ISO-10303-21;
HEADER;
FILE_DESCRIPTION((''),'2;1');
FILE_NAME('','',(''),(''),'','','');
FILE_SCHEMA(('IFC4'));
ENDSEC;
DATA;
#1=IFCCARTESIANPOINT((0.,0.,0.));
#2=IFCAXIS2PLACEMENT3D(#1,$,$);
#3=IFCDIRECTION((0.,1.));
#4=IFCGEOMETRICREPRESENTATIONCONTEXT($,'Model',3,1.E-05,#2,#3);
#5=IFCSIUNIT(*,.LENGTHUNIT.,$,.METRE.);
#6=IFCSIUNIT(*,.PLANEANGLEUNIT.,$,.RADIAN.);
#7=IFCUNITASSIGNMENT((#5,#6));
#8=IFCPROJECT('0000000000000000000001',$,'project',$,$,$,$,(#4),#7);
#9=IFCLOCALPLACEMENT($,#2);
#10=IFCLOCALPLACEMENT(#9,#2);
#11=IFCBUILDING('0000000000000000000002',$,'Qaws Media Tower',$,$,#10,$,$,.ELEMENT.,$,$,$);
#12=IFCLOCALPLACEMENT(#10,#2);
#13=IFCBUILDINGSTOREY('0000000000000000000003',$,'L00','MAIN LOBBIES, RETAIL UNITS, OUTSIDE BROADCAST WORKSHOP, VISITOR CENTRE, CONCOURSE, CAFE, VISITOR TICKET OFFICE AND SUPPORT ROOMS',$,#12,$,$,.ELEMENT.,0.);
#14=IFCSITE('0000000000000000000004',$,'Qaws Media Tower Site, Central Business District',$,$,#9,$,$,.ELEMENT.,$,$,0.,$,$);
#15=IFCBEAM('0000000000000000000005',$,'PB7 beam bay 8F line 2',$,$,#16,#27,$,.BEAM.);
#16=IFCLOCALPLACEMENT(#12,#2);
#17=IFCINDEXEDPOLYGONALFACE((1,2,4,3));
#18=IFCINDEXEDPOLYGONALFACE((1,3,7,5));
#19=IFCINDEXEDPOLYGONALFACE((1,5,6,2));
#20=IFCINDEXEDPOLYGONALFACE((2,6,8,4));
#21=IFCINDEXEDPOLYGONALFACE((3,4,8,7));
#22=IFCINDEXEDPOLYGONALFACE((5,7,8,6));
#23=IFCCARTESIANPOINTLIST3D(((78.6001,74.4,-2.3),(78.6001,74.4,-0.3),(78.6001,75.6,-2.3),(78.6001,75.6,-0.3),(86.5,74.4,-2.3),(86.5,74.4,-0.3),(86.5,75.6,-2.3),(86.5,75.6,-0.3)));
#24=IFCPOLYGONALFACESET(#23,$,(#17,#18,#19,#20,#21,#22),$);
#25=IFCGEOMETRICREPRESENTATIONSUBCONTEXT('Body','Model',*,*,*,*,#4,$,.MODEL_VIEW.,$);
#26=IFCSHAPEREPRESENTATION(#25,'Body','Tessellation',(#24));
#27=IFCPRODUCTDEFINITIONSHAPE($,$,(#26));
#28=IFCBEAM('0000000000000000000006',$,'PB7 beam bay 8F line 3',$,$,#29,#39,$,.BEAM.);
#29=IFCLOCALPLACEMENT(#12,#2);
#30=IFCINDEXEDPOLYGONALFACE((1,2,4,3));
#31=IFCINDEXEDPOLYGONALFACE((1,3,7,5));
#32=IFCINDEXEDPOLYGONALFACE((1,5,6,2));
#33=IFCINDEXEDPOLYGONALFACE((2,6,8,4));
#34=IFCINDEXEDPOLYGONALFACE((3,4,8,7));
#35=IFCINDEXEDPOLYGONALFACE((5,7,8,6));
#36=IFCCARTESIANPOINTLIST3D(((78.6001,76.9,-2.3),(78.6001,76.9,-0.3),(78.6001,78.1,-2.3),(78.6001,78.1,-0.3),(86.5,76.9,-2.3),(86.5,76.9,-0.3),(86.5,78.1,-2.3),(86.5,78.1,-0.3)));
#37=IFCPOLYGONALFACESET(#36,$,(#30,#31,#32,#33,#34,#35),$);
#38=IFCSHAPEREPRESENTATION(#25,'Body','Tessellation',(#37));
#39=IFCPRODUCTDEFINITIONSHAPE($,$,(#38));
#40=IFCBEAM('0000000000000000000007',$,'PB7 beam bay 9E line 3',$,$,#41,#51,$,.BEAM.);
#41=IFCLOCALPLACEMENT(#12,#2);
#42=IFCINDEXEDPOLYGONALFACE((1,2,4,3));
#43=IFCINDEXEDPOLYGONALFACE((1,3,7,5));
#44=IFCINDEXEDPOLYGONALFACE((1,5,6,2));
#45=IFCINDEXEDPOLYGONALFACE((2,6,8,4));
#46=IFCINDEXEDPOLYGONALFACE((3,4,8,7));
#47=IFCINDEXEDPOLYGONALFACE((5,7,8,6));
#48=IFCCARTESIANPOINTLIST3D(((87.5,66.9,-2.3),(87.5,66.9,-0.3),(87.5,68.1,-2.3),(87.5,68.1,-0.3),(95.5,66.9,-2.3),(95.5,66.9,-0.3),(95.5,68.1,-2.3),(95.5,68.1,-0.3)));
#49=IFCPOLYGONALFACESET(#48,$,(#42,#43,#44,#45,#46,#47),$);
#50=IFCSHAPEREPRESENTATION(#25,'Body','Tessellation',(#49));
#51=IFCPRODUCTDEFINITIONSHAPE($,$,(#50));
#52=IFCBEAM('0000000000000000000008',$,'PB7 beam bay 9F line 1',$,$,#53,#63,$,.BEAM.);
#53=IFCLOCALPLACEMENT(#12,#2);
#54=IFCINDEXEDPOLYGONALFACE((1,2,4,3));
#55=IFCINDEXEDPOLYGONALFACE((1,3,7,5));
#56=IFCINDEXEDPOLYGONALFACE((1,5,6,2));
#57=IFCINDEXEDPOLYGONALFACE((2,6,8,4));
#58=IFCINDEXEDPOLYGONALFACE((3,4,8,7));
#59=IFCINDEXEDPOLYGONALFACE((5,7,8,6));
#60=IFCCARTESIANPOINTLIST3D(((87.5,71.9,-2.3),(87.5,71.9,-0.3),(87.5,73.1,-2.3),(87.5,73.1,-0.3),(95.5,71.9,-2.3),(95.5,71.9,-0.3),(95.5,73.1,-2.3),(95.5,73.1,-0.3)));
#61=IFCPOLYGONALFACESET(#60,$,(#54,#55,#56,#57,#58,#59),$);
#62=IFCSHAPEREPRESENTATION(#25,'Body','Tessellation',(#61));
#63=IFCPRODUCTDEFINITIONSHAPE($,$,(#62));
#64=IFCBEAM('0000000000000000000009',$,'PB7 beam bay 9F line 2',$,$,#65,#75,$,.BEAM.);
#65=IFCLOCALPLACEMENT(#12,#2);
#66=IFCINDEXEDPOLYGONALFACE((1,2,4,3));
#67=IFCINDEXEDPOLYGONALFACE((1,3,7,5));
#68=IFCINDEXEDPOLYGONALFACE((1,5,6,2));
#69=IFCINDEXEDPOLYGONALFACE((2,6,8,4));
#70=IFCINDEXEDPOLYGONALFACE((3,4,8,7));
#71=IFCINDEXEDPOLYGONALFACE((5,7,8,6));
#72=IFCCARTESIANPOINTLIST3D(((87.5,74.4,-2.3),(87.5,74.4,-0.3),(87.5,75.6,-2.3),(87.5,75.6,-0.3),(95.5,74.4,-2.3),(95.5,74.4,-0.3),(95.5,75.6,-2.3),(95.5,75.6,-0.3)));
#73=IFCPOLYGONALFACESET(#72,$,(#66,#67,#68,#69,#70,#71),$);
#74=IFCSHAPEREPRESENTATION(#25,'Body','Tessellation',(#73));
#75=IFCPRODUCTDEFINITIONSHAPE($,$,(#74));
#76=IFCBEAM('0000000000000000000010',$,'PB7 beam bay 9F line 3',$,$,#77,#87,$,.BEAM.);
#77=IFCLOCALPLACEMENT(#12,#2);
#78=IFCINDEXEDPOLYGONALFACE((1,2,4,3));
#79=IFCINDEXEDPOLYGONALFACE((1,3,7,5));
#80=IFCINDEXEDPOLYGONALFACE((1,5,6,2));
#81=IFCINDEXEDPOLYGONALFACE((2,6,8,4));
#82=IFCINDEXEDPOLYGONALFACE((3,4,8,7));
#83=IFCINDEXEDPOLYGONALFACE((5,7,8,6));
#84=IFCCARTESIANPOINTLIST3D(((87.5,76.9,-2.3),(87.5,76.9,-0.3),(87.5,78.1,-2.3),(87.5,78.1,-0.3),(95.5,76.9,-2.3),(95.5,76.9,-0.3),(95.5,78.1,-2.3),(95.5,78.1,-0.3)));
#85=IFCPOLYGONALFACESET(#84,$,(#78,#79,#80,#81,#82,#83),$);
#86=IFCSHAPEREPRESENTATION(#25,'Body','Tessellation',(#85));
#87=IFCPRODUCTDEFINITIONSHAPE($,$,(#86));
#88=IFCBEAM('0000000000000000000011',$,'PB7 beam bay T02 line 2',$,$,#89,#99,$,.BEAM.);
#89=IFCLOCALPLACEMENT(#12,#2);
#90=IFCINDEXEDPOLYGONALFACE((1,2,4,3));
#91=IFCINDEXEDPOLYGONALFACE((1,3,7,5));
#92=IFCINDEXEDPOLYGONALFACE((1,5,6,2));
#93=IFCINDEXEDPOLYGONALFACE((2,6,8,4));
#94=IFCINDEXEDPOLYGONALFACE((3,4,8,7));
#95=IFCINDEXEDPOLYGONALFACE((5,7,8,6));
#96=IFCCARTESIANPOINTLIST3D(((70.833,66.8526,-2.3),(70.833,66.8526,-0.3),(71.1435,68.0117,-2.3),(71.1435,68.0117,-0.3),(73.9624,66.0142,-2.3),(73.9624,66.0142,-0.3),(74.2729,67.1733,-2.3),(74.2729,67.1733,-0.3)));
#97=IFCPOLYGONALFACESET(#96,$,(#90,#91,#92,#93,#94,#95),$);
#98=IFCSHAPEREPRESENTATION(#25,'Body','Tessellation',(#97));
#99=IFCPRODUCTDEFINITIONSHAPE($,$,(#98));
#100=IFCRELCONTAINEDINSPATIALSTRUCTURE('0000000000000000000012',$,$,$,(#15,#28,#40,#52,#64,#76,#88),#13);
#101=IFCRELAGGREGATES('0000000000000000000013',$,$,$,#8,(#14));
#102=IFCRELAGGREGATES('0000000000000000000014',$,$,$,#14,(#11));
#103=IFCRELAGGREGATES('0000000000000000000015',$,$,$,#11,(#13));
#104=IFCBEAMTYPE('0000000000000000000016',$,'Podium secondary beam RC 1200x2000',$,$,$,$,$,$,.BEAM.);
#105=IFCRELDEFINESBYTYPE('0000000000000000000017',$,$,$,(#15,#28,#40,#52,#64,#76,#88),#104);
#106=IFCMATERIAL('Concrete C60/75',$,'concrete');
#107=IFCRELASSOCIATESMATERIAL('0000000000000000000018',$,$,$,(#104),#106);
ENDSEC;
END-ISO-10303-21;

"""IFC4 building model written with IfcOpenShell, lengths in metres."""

from ifc_helpers import new_model, si_unit, direction, frame, origin, origin_2d, place, context, subcontext, project, spatial, rectangle, extrude, material, material_profile, profile_set, type_object, element, save


model = new_model("IFC4")

# Units and contexts
model_context = context("Model", 3, precision=1e-05, world=origin(), true_north=direction((0.0, 1.0)))
body_context = subcontext(model_context, "Body", "Model", "MODEL_VIEW")
ifc_project = project(units=[si_unit("LENGTHUNIT", "METRE"), si_unit("PLANEANGLEUNIT", "RADIAN")], contexts=[model_context])

# Site, building, storey
site_placement = place(None, origin())
site = spatial("IfcSite", under=ifc_project, at=site_placement, Name="Qaws Media Tower Site, Central Business District", CompositionType="ELEMENT", RefElevation=0.0)
building_placement = place(site_placement, origin())
building = spatial("IfcBuilding", under=site, at=building_placement, Name="Qaws Media Tower", CompositionType="ELEMENT")
storey_placement = place(building_placement, origin())
storey = spatial("IfcBuildingStorey", under=building, at=storey_placement, Name="L00", Description="MAIN LOBBIES, RETAIL UNITS, OUTSIDE BROADCAST WORKSHOP, VISITOR CENTRE, CONCOURSE, CAFE, VISITOR TICKET OFFICE AND SUPPORT ROOMS", CompositionType="ELEMENT", Elevation=0.0)

# Beams
ifc_material_1 = material(Name="Concrete C60/75", Category="concrete")
ifc_material_profile_1 = material_profile(ifc_material_1, rectangle(XDim=1.2, YDim=2.0, at=origin_2d()), Name="RC 1200x2000")
ifc_profile_set_1 = profile_set([ifc_material_profile_1], Name="Concrete C60/75")
beam_type_1 = type_object("IfcBeamType", Name="Podium secondary beam RC 1200x2000", PredefinedType="BEAM", material=ifc_profile_set_1)
for number, where, z_axis, x_axis, name in (
    (1, (78.6001, 75.0, -1.3), (1.0, 0.0, 0.0), (0.0, 1.0, 0.0), "PB7 beam bay 8F line 2"),
    (2, (78.6001, 77.5, -1.3), (1.0, 0.0, 0.0), (0.0, 1.0, 0.0), "PB7 beam bay 8F line 3"),
):
    element("IfcBeam", number, at=place(storey_placement, frame(where, z_axis=z_axis, x_axis=x_axis)), inside=storey, type_object=beam_type_1, Name=name, PredefinedType="BEAM", context=body_context, shape_type="SweptSolid", body=[
        extrude(rectangle(XDim=1.2, YDim=2.0, at=origin_2d()), origin(), (0.0, 0.0, 1.0), 7.8999),
    ])
for number, where, z_axis, x_axis, name in (
    (3, (87.5, 67.5, -1.3), (1.0, 0.0, 0.0), (0.0, 1.0, 0.0), "PB7 beam bay 9E line 3"),
    (4, (87.5, 72.5, -1.3), (1.0, 0.0, 0.0), (0.0, 1.0, 0.0), "PB7 beam bay 9F line 1"),
    (5, (87.5, 75.0, -1.3), (1.0, 0.0, 0.0), (0.0, 1.0, 0.0), "PB7 beam bay 9F line 2"),
    (6, (87.5, 77.5, -1.3), (1.0, 0.0, 0.0), (0.0, 1.0, 0.0), "PB7 beam bay 9F line 3"),
):
    element("IfcBeam", number, at=place(storey_placement, frame(where, z_axis=z_axis, x_axis=x_axis)), inside=storey, type_object=beam_type_1, Name=name, PredefinedType="BEAM", context=body_context, shape_type="SweptSolid", body=[
        extrude(rectangle(XDim=1.2, YDim=2.0, at=origin_2d()), origin(), (0.0, 0.0, 1.0), 8.0),
    ])
beam_1_placement = place(storey_placement, frame((74.1177, 66.5938, -1.3), z_axis=(-0.965937, 0.258779, 0.0), x_axis=(-0.258779, -0.965937, 0.0)))
element("IfcBeam", 7, at=beam_1_placement, inside=storey, type_object=beam_type_1, Name="PB7 beam bay T02 line 2", PredefinedType="BEAM", context=body_context, shape_type="SweptSolid", body=[
    extrude(rectangle(XDim=1.2, YDim=2.0, at=origin_2d()), origin(), (0.0, 0.0, 1.0), 3.2397),
])

save(model, "model.ifc")
